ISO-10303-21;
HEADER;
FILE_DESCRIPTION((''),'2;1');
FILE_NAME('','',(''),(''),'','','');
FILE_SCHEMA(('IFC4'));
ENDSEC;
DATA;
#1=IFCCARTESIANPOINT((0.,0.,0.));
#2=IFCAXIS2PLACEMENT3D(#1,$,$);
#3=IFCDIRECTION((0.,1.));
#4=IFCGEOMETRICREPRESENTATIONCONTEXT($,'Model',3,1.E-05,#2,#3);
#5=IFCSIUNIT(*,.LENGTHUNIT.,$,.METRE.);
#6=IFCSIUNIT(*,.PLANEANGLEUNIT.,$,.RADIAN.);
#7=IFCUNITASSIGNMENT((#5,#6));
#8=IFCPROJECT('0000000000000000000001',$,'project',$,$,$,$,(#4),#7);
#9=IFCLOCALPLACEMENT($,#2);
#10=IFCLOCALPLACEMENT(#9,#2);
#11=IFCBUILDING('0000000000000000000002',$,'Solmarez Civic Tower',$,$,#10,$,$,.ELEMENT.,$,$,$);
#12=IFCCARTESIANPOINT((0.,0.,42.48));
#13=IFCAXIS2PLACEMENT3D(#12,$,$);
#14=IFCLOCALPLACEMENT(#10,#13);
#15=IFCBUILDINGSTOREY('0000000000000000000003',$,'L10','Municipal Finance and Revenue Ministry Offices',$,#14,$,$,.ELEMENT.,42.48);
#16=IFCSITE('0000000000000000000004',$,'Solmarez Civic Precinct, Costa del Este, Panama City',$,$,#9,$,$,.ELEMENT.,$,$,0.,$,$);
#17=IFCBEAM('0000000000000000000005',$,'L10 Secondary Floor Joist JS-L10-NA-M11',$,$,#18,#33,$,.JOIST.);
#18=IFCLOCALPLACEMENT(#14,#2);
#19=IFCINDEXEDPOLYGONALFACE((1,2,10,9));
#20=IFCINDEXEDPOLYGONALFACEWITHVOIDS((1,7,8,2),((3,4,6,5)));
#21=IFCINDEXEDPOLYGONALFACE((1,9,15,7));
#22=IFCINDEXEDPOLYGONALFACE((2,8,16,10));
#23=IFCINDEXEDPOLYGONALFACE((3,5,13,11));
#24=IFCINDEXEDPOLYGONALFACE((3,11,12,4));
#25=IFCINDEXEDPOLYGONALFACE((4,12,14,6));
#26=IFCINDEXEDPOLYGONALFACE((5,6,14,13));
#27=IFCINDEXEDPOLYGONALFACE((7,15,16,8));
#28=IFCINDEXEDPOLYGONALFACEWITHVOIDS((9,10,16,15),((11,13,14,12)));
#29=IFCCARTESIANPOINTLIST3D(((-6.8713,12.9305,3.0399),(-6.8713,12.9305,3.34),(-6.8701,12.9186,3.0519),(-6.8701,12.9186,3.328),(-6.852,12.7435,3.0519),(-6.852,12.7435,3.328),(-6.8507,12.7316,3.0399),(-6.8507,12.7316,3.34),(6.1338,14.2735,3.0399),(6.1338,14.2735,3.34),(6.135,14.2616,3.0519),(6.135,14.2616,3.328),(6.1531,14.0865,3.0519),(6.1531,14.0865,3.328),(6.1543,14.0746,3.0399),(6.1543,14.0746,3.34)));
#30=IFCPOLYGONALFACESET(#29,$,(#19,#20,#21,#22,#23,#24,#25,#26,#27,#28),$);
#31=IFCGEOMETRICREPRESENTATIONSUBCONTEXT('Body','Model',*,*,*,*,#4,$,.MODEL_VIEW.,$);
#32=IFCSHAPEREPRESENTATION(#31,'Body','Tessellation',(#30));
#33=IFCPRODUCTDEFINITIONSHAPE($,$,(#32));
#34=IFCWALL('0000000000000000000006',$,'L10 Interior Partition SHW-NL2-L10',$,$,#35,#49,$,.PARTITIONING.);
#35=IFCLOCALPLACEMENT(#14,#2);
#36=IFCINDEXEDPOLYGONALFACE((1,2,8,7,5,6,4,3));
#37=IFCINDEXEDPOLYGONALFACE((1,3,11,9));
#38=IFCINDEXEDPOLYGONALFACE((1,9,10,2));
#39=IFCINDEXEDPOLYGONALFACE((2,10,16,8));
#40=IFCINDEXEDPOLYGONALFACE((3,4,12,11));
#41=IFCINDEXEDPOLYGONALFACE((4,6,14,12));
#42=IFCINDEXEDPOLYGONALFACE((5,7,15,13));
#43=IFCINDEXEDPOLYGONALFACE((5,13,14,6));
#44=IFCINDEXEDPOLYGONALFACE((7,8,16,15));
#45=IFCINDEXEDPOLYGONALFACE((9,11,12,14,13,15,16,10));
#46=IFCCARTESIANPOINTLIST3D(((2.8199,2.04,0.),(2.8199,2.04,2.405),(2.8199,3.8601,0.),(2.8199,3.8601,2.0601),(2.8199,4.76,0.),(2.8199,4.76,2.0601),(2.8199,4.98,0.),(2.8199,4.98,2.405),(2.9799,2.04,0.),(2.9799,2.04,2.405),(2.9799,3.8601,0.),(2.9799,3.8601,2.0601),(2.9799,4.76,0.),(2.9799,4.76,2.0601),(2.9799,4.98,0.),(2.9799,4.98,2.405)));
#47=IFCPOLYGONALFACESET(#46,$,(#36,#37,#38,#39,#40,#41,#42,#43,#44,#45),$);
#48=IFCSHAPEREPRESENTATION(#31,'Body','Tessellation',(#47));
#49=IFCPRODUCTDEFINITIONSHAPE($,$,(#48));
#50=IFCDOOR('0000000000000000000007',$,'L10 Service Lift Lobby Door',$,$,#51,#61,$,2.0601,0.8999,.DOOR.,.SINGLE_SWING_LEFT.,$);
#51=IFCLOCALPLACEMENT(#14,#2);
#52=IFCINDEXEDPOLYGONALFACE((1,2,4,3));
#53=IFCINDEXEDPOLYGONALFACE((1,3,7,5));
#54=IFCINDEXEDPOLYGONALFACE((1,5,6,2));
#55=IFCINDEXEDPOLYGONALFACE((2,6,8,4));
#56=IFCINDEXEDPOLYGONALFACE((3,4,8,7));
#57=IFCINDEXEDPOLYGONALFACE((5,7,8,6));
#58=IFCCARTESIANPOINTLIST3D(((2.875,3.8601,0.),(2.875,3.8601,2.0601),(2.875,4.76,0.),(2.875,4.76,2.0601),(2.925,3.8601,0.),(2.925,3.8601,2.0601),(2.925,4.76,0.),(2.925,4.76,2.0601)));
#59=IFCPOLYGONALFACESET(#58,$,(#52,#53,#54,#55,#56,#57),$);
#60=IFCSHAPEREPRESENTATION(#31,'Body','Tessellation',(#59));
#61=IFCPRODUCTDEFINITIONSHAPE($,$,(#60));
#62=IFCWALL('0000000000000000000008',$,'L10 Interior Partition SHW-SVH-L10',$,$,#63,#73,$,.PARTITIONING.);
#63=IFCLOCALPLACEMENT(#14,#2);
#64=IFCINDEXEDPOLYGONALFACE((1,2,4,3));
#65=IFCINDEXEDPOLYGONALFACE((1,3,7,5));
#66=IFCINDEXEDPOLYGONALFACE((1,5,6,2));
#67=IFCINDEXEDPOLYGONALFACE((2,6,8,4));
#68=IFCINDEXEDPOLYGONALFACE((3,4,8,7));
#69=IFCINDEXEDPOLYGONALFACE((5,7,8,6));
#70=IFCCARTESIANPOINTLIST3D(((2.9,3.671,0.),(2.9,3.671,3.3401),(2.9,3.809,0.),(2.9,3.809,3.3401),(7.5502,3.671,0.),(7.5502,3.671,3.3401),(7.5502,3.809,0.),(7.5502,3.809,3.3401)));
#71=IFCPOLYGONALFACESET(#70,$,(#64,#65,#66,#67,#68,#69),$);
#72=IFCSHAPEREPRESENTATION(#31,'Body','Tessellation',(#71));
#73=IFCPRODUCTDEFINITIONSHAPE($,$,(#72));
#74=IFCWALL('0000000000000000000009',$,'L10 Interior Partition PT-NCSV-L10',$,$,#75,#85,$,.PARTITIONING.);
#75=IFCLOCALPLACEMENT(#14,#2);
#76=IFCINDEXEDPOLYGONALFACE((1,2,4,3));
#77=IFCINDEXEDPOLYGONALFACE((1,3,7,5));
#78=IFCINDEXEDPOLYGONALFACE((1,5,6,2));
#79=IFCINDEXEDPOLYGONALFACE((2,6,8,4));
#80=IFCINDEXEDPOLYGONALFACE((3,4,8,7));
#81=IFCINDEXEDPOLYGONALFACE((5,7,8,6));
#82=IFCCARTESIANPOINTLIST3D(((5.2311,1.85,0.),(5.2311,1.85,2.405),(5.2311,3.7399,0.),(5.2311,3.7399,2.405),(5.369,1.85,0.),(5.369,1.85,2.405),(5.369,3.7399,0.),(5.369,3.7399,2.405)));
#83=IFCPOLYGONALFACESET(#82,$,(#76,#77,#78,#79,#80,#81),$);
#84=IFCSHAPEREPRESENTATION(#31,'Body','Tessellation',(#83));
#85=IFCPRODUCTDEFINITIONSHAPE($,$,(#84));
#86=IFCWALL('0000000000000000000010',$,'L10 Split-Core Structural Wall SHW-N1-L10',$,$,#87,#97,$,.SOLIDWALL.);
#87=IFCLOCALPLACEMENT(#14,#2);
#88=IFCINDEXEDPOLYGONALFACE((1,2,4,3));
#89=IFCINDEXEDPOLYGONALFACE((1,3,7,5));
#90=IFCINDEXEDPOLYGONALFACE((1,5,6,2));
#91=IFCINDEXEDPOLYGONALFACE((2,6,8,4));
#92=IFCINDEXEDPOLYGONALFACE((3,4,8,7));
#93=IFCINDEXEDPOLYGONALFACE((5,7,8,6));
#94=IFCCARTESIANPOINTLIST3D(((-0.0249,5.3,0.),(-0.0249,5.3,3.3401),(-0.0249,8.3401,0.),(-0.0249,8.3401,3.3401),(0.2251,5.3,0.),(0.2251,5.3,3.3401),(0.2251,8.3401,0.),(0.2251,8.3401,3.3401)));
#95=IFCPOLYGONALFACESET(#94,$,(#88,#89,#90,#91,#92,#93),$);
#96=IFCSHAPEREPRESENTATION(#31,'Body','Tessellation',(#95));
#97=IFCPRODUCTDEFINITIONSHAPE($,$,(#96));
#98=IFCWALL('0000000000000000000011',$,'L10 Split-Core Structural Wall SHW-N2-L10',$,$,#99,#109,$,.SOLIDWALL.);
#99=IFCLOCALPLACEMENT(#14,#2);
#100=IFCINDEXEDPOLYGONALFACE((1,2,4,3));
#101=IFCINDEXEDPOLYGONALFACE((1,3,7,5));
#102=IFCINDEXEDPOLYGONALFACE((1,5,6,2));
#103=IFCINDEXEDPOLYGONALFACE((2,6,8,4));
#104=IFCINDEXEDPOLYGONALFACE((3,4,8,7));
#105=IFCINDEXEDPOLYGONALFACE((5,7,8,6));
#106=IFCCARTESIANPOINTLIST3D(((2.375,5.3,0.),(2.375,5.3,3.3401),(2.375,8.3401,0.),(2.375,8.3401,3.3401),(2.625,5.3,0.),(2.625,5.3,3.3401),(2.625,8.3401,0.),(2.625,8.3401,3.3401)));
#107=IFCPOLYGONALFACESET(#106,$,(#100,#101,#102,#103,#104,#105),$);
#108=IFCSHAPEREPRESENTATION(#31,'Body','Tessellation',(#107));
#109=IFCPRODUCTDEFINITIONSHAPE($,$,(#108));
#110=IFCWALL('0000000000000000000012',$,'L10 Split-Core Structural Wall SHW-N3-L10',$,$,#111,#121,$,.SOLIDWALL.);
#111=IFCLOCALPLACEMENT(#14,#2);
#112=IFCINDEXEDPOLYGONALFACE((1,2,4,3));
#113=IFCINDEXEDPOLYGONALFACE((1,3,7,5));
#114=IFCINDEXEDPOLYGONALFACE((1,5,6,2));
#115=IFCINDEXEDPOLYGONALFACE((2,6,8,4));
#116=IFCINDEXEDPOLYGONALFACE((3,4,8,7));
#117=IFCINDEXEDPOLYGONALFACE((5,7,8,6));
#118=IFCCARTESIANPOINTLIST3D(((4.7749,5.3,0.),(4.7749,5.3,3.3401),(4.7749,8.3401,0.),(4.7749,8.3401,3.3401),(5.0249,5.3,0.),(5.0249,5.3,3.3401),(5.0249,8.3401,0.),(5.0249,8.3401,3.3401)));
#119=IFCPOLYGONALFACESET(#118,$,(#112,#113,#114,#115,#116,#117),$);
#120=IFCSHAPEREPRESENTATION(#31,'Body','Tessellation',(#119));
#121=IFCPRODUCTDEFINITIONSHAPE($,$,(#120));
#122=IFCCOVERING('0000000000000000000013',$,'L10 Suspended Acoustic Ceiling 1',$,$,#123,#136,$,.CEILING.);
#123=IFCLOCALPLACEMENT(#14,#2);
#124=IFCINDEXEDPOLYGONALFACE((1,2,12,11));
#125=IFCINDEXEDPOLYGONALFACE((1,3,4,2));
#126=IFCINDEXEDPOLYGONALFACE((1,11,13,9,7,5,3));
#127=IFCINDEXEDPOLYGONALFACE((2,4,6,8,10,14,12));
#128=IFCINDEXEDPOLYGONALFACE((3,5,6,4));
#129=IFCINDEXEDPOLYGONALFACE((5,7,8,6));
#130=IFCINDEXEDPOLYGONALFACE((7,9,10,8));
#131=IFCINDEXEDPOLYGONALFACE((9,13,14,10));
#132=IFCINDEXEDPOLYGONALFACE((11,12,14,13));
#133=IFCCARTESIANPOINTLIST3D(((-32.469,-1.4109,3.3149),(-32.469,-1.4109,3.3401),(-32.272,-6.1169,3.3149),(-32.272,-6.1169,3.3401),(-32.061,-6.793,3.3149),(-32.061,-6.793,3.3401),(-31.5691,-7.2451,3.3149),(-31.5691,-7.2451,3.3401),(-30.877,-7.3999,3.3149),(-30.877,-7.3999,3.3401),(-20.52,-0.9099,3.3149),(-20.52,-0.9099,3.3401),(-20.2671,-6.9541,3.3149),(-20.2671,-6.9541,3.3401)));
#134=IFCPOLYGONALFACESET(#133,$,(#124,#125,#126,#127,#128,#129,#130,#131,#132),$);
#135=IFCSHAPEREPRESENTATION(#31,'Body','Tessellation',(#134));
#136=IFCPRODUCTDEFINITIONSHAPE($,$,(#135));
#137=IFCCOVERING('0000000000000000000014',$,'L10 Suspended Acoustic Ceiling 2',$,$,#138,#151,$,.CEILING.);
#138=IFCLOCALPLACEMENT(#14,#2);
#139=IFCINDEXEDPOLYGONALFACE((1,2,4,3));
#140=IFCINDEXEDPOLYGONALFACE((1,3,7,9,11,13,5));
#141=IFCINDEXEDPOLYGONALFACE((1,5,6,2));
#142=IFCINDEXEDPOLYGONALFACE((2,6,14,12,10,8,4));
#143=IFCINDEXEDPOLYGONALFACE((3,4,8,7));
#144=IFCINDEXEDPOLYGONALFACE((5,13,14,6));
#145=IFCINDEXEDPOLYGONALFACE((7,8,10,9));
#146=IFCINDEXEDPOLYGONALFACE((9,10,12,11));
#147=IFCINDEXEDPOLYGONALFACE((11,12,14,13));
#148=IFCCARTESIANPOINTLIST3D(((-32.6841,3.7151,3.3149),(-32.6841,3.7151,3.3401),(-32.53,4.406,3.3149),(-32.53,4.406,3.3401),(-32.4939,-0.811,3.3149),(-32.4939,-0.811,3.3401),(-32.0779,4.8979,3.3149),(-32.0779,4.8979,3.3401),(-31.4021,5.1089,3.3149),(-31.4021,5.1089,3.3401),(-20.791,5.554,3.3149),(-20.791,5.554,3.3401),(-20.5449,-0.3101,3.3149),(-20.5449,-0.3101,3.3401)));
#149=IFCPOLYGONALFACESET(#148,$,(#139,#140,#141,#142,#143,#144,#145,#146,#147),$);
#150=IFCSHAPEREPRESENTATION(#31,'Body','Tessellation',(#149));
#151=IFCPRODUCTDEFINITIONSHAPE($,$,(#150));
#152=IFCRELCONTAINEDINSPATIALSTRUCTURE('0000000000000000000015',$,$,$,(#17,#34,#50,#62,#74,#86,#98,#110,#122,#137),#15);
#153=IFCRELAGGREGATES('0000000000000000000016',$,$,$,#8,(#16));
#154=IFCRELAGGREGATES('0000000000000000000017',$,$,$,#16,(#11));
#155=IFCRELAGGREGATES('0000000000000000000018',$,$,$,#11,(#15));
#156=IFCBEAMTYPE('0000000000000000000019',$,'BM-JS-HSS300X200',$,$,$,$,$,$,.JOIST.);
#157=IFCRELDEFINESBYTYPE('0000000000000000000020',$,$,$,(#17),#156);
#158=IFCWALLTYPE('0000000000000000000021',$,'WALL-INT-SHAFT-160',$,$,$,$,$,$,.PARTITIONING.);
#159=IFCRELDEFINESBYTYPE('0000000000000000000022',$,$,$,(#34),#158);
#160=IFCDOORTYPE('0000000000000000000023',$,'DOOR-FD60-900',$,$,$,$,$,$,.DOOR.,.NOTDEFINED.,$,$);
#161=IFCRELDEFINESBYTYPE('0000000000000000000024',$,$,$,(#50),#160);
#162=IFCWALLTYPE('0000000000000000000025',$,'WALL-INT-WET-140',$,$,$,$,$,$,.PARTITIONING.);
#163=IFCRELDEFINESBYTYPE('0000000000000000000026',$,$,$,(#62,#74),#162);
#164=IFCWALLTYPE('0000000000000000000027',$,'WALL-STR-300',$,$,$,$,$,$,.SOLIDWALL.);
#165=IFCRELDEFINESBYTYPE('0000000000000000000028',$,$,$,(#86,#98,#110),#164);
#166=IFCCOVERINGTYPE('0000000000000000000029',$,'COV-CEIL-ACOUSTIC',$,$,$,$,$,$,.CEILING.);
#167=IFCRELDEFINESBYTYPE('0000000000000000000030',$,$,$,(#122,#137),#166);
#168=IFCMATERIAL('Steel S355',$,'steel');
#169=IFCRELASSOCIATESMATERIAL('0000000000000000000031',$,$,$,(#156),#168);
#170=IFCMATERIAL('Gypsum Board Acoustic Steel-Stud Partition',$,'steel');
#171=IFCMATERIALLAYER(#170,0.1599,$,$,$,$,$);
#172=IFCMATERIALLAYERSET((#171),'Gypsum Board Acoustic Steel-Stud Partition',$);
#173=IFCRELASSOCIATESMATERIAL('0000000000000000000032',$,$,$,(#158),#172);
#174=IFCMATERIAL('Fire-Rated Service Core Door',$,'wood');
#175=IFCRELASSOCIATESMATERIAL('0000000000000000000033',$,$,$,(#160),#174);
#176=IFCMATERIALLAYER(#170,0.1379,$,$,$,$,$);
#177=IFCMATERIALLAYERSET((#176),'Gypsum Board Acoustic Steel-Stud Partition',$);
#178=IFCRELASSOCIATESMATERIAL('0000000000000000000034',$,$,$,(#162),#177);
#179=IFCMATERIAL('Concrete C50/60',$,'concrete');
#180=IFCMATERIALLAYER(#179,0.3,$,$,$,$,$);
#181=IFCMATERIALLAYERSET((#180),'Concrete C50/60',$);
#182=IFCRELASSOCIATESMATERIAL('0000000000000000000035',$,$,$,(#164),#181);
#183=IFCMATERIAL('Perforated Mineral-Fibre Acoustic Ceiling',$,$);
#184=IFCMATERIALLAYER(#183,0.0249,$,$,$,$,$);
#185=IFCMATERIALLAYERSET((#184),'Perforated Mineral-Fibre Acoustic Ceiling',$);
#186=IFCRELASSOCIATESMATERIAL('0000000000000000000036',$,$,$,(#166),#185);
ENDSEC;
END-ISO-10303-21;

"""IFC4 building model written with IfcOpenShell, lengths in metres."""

from ifc_helpers import new_model, si_unit, direction, frame, frame_2d, origin, origin_2d, place, context, subcontext, project, spatial, polyline, rectangle, hollow_rectangle, outline, extrude, material, layer, layer_set, material_profile, profile_set, type_object, element, fill, save


model = new_model("IFC4")

# Units and contexts
model_context = context("Model", 3, precision=1e-05, world=origin(), true_north=direction((0.0, 1.0)))
body_context = subcontext(model_context, "Body", "Model", "MODEL_VIEW")
ifc_project = project(units=[si_unit("LENGTHUNIT", "METRE"), si_unit("PLANEANGLEUNIT", "RADIAN")], contexts=[model_context])

# Site, building, storey
site_placement = place(None, origin())
site = spatial("IfcSite", under=ifc_project, at=site_placement, Name="Solmarez Civic Precinct, Costa del Este, Panama City", CompositionType="ELEMENT", RefElevation=0.0)
building_placement = place(site_placement, origin())
building = spatial("IfcBuilding", under=site, at=building_placement, Name="Solmarez Civic Tower", CompositionType="ELEMENT")
storey_placement = place(building_placement, frame((0.0, 0.0, 42.48)))
storey = spatial("IfcBuildingStorey", under=building, at=storey_placement, Name="L10", Description="Municipal Finance and Revenue Ministry Offices", CompositionType="ELEMENT", Elevation=42.48)

# Beam
ifc_material_1 = material(Name="Steel S355", Category="steel")
ifc_material_profile = material_profile(ifc_material_1, hollow_rectangle(XDim=0.2, YDim=0.3, WallThickness=0.012, at=origin_2d()), Name="HSS300X200X12")
ifc_profile_set = profile_set([ifc_material_profile], Name="Steel S355")
beam_type = type_object("IfcBeamType", Name="BM-JS-HSS300X200", PredefinedType="JOIST", material=ifc_profile_set)
beam_placement = place(storey_placement, frame((6.144, 14.1741, 3.1899), z_axis=(-0.99471, -0.102722, 0.0), x_axis=(0.102722, -0.99471, 0.0)))
element("IfcBeam", 1, at=beam_placement, inside=storey, type_object=beam_type, Name="L10 Secondary Floor Joist JS-L10-NA-M11", PredefinedType="JOIST", context=body_context, shape_type="SweptSolid", body=[
    extrude(hollow_rectangle(XDim=0.2, YDim=0.3, WallThickness=0.012, at=origin_2d()), origin(), (0.0, 0.0, 1.0), 13.0742),
])

# Wall, opening, door
ifc_material_2 = material(Name="Gypsum Board Acoustic Steel-Stud Partition", Category="steel")
ifc_layer_1 = layer(ifc_material_2, 0.1599)
ifc_layer_set_1 = layer_set([ifc_layer_1], Name="Gypsum Board Acoustic Steel-Stud Partition")
wall_type_1 = type_object("IfcWallType", Name="WALL-INT-SHAFT-160", PredefinedType="PARTITIONING", material=ifc_layer_set_1)
wall_1_placement = place(storey_placement, frame((2.8999, 2.04, 0.0), z_axis=(0.0, 0.0, 1.0), x_axis=(0.0, 1.0, 0.0)))
wall_1 = element("IfcWall", 2, at=wall_1_placement, inside=storey, type_object=wall_type_1, Name="L10 Interior Partition SHW-NL2-L10", PredefinedType="PARTITIONING", context=body_context, shape_type="SweptSolid", body=[
    extrude(rectangle(XDim=2.9399, YDim=0.1599, at=frame_2d((1.47, 0.0))), origin(), (0.0, 0.0, 1.0), 2.405),
])
opening_placement = place(wall_1_placement, frame((1.8201, 0.0, 0.0)))
opening = element("IfcOpeningElement", 3, at=opening_placement, cuts=wall_1, PredefinedType="OPENING", context=body_context, shape_type="SweptSolid", body=[
    extrude(rectangle(XDim=0.8999, YDim=2.0601, at=frame_2d((0.45, 1.03))), frame((0.0, 0.0898, 0.0), z_axis=(0.0, -1.0, 0.0), x_axis=(1.0, 0.0, 0.0)), (0.0, 0.0, 1.0), 0.1799),
])
ifc_material_3 = material(Name="Fire-Rated Service Core Door", Category="wood")
door_type = type_object("IfcDoorType", Name="DOOR-FD60-900", OperationType="NOTDEFINED", PredefinedType="DOOR", material=ifc_material_3)
door_placement = place(opening_placement, origin())
door = element("IfcDoor", 4, at=door_placement, inside=storey, type_object=door_type, Name="L10 Service Lift Lobby Door", OperationType="SINGLE_SWING_LEFT", OverallHeight=2.0601, OverallWidth=0.8999, PredefinedType="DOOR", context=body_context, shape_type="SweptSolid", body=[
    extrude(rectangle(XDim=0.8999, YDim=2.0601, at=frame_2d((0.45, 1.03))), frame((0.0, 0.0249, 0.0), z_axis=(0.0, -1.0, 0.0), x_axis=(1.0, 0.0, 0.0)), (0.0, 0.0, 1.0), 0.05),
])
fill(opening, door)

# Walls
ifc_layer_2 = layer(ifc_material_2, 0.1379)
ifc_layer_set_2 = layer_set([ifc_layer_2], Name="Gypsum Board Acoustic Steel-Stud Partition")
wall_type_2 = type_object("IfcWallType", Name="WALL-INT-WET-140", PredefinedType="PARTITIONING", material=ifc_layer_set_2)
wall_2_placement = place(storey_placement, frame((2.8999, 3.74, 0.0), z_axis=(0.0, 0.0, 1.0), x_axis=(1.0, 0.0, 0.0)))
element("IfcWall", 5, at=wall_2_placement, inside=storey, type_object=wall_type_2, Name="L10 Interior Partition SHW-SVH-L10", PredefinedType="PARTITIONING", context=body_context, shape_type="SweptSolid", body=[
    extrude(rectangle(XDim=4.6501, YDim=0.1379, at=frame_2d((2.3252, 0.0))), origin(), (0.0, 0.0, 1.0), 3.3401),
])
wall_3_placement = place(storey_placement, frame((5.3, 1.8501, 0.0), z_axis=(0.0, 0.0, 1.0), x_axis=(0.0, 1.0, 0.0)))
element("IfcWall", 6, at=wall_3_placement, inside=storey, type_object=wall_type_2, Name="L10 Interior Partition PT-NCSV-L10", PredefinedType="PARTITIONING", context=body_context, shape_type="SweptSolid", body=[
    extrude(rectangle(XDim=1.8899, YDim=0.1379, at=frame_2d((0.9448, 0.0))), origin(), (0.0, 0.0, 1.0), 2.405),
])
ifc_material_4 = material(Name="Concrete C50/60", Category="concrete")
ifc_layer_3 = layer(ifc_material_4, 0.3)
ifc_layer_set_3 = layer_set([ifc_layer_3], Name="Concrete C50/60")
wall_type_3 = type_object("IfcWallType", Name="WALL-STR-300", PredefinedType="SOLIDWALL", material=ifc_layer_set_3)
for number, where, z_axis, x_axis, name in (
    (7, (0.1001, 5.3, 0.0), (0.0, 0.0, 1.0), (0.0, 1.0, 0.0), "L10 Split-Core Structural Wall SHW-N1-L10"),
    (8, (2.5, 5.3, 0.0), (0.0, 0.0, 1.0), (0.0, 1.0, 0.0), "L10 Split-Core Structural Wall SHW-N2-L10"),
    (9, (4.8999, 5.3, 0.0), (0.0, 0.0, 1.0), (0.0, 1.0, 0.0), "L10 Split-Core Structural Wall SHW-N3-L10"),
):
    element("IfcWall", number, at=place(storey_placement, frame(where, z_axis=z_axis, x_axis=x_axis)), inside=storey, type_object=wall_type_3, Name=name, PredefinedType="SOLIDWALL", context=body_context, shape_type="SweptSolid", body=[
        extrude(rectangle(XDim=3.04, YDim=0.25, at=frame_2d((1.52, 0.0))), origin(), (0.0, 0.0, 1.0), 3.3401),
    ])

# Coverings
ifc_material_5 = material(Name="Perforated Mineral-Fibre Acoustic Ceiling")
ifc_layer_4 = layer(ifc_material_5, 0.0249)
ifc_layer_set_4 = layer_set([ifc_layer_4], Name="Perforated Mineral-Fibre Acoustic Ceiling")
covering_type_1 = type_object("IfcCoveringType", Name="COV-CEIL-ACOUSTIC", PredefinedType="CEILING", material=ifc_layer_set_4)
covering_1_placement = place(storey_placement, frame((0.0, 0.0, 3.3149)))
element("IfcCovering", 10, at=covering_1_placement, inside=storey, type_object=covering_type_1, Name="L10 Suspended Acoustic Ceiling 1", PredefinedType="CEILING", context=body_context, shape_type="SweptSolid", body=[
    extrude(outline(polyline([(-32.469, -1.4109), (-32.272, -6.1169), (-32.061, -6.793), (-31.5691, -7.2451), (-30.877, -7.3999), (-20.2671, -6.9541), (-20.52, -0.9099), (-32.469, -1.4109)])), origin(), (0.0, 0.0, 1.0), 0.0251),
])
covering_2_placement = place(storey_placement, frame((0.0, 0.0, 3.3149)))
element("IfcCovering", 11, at=covering_2_placement, inside=storey, type_object=covering_type_1, Name="L10 Suspended Acoustic Ceiling 2", PredefinedType="CEILING", context=body_context, shape_type="SweptSolid", body=[
    extrude(outline(polyline([(-20.791, 5.554), (-31.4021, 5.1089), (-32.0779, 4.8979), (-32.53, 4.406), (-32.6841, 3.7151), (-32.4939, -0.811), (-20.5449, -0.3101), (-20.791, 5.554)])), origin(), (0.0, 0.0, 1.0), 0.0251),
])

save(model, "model.ifc")
